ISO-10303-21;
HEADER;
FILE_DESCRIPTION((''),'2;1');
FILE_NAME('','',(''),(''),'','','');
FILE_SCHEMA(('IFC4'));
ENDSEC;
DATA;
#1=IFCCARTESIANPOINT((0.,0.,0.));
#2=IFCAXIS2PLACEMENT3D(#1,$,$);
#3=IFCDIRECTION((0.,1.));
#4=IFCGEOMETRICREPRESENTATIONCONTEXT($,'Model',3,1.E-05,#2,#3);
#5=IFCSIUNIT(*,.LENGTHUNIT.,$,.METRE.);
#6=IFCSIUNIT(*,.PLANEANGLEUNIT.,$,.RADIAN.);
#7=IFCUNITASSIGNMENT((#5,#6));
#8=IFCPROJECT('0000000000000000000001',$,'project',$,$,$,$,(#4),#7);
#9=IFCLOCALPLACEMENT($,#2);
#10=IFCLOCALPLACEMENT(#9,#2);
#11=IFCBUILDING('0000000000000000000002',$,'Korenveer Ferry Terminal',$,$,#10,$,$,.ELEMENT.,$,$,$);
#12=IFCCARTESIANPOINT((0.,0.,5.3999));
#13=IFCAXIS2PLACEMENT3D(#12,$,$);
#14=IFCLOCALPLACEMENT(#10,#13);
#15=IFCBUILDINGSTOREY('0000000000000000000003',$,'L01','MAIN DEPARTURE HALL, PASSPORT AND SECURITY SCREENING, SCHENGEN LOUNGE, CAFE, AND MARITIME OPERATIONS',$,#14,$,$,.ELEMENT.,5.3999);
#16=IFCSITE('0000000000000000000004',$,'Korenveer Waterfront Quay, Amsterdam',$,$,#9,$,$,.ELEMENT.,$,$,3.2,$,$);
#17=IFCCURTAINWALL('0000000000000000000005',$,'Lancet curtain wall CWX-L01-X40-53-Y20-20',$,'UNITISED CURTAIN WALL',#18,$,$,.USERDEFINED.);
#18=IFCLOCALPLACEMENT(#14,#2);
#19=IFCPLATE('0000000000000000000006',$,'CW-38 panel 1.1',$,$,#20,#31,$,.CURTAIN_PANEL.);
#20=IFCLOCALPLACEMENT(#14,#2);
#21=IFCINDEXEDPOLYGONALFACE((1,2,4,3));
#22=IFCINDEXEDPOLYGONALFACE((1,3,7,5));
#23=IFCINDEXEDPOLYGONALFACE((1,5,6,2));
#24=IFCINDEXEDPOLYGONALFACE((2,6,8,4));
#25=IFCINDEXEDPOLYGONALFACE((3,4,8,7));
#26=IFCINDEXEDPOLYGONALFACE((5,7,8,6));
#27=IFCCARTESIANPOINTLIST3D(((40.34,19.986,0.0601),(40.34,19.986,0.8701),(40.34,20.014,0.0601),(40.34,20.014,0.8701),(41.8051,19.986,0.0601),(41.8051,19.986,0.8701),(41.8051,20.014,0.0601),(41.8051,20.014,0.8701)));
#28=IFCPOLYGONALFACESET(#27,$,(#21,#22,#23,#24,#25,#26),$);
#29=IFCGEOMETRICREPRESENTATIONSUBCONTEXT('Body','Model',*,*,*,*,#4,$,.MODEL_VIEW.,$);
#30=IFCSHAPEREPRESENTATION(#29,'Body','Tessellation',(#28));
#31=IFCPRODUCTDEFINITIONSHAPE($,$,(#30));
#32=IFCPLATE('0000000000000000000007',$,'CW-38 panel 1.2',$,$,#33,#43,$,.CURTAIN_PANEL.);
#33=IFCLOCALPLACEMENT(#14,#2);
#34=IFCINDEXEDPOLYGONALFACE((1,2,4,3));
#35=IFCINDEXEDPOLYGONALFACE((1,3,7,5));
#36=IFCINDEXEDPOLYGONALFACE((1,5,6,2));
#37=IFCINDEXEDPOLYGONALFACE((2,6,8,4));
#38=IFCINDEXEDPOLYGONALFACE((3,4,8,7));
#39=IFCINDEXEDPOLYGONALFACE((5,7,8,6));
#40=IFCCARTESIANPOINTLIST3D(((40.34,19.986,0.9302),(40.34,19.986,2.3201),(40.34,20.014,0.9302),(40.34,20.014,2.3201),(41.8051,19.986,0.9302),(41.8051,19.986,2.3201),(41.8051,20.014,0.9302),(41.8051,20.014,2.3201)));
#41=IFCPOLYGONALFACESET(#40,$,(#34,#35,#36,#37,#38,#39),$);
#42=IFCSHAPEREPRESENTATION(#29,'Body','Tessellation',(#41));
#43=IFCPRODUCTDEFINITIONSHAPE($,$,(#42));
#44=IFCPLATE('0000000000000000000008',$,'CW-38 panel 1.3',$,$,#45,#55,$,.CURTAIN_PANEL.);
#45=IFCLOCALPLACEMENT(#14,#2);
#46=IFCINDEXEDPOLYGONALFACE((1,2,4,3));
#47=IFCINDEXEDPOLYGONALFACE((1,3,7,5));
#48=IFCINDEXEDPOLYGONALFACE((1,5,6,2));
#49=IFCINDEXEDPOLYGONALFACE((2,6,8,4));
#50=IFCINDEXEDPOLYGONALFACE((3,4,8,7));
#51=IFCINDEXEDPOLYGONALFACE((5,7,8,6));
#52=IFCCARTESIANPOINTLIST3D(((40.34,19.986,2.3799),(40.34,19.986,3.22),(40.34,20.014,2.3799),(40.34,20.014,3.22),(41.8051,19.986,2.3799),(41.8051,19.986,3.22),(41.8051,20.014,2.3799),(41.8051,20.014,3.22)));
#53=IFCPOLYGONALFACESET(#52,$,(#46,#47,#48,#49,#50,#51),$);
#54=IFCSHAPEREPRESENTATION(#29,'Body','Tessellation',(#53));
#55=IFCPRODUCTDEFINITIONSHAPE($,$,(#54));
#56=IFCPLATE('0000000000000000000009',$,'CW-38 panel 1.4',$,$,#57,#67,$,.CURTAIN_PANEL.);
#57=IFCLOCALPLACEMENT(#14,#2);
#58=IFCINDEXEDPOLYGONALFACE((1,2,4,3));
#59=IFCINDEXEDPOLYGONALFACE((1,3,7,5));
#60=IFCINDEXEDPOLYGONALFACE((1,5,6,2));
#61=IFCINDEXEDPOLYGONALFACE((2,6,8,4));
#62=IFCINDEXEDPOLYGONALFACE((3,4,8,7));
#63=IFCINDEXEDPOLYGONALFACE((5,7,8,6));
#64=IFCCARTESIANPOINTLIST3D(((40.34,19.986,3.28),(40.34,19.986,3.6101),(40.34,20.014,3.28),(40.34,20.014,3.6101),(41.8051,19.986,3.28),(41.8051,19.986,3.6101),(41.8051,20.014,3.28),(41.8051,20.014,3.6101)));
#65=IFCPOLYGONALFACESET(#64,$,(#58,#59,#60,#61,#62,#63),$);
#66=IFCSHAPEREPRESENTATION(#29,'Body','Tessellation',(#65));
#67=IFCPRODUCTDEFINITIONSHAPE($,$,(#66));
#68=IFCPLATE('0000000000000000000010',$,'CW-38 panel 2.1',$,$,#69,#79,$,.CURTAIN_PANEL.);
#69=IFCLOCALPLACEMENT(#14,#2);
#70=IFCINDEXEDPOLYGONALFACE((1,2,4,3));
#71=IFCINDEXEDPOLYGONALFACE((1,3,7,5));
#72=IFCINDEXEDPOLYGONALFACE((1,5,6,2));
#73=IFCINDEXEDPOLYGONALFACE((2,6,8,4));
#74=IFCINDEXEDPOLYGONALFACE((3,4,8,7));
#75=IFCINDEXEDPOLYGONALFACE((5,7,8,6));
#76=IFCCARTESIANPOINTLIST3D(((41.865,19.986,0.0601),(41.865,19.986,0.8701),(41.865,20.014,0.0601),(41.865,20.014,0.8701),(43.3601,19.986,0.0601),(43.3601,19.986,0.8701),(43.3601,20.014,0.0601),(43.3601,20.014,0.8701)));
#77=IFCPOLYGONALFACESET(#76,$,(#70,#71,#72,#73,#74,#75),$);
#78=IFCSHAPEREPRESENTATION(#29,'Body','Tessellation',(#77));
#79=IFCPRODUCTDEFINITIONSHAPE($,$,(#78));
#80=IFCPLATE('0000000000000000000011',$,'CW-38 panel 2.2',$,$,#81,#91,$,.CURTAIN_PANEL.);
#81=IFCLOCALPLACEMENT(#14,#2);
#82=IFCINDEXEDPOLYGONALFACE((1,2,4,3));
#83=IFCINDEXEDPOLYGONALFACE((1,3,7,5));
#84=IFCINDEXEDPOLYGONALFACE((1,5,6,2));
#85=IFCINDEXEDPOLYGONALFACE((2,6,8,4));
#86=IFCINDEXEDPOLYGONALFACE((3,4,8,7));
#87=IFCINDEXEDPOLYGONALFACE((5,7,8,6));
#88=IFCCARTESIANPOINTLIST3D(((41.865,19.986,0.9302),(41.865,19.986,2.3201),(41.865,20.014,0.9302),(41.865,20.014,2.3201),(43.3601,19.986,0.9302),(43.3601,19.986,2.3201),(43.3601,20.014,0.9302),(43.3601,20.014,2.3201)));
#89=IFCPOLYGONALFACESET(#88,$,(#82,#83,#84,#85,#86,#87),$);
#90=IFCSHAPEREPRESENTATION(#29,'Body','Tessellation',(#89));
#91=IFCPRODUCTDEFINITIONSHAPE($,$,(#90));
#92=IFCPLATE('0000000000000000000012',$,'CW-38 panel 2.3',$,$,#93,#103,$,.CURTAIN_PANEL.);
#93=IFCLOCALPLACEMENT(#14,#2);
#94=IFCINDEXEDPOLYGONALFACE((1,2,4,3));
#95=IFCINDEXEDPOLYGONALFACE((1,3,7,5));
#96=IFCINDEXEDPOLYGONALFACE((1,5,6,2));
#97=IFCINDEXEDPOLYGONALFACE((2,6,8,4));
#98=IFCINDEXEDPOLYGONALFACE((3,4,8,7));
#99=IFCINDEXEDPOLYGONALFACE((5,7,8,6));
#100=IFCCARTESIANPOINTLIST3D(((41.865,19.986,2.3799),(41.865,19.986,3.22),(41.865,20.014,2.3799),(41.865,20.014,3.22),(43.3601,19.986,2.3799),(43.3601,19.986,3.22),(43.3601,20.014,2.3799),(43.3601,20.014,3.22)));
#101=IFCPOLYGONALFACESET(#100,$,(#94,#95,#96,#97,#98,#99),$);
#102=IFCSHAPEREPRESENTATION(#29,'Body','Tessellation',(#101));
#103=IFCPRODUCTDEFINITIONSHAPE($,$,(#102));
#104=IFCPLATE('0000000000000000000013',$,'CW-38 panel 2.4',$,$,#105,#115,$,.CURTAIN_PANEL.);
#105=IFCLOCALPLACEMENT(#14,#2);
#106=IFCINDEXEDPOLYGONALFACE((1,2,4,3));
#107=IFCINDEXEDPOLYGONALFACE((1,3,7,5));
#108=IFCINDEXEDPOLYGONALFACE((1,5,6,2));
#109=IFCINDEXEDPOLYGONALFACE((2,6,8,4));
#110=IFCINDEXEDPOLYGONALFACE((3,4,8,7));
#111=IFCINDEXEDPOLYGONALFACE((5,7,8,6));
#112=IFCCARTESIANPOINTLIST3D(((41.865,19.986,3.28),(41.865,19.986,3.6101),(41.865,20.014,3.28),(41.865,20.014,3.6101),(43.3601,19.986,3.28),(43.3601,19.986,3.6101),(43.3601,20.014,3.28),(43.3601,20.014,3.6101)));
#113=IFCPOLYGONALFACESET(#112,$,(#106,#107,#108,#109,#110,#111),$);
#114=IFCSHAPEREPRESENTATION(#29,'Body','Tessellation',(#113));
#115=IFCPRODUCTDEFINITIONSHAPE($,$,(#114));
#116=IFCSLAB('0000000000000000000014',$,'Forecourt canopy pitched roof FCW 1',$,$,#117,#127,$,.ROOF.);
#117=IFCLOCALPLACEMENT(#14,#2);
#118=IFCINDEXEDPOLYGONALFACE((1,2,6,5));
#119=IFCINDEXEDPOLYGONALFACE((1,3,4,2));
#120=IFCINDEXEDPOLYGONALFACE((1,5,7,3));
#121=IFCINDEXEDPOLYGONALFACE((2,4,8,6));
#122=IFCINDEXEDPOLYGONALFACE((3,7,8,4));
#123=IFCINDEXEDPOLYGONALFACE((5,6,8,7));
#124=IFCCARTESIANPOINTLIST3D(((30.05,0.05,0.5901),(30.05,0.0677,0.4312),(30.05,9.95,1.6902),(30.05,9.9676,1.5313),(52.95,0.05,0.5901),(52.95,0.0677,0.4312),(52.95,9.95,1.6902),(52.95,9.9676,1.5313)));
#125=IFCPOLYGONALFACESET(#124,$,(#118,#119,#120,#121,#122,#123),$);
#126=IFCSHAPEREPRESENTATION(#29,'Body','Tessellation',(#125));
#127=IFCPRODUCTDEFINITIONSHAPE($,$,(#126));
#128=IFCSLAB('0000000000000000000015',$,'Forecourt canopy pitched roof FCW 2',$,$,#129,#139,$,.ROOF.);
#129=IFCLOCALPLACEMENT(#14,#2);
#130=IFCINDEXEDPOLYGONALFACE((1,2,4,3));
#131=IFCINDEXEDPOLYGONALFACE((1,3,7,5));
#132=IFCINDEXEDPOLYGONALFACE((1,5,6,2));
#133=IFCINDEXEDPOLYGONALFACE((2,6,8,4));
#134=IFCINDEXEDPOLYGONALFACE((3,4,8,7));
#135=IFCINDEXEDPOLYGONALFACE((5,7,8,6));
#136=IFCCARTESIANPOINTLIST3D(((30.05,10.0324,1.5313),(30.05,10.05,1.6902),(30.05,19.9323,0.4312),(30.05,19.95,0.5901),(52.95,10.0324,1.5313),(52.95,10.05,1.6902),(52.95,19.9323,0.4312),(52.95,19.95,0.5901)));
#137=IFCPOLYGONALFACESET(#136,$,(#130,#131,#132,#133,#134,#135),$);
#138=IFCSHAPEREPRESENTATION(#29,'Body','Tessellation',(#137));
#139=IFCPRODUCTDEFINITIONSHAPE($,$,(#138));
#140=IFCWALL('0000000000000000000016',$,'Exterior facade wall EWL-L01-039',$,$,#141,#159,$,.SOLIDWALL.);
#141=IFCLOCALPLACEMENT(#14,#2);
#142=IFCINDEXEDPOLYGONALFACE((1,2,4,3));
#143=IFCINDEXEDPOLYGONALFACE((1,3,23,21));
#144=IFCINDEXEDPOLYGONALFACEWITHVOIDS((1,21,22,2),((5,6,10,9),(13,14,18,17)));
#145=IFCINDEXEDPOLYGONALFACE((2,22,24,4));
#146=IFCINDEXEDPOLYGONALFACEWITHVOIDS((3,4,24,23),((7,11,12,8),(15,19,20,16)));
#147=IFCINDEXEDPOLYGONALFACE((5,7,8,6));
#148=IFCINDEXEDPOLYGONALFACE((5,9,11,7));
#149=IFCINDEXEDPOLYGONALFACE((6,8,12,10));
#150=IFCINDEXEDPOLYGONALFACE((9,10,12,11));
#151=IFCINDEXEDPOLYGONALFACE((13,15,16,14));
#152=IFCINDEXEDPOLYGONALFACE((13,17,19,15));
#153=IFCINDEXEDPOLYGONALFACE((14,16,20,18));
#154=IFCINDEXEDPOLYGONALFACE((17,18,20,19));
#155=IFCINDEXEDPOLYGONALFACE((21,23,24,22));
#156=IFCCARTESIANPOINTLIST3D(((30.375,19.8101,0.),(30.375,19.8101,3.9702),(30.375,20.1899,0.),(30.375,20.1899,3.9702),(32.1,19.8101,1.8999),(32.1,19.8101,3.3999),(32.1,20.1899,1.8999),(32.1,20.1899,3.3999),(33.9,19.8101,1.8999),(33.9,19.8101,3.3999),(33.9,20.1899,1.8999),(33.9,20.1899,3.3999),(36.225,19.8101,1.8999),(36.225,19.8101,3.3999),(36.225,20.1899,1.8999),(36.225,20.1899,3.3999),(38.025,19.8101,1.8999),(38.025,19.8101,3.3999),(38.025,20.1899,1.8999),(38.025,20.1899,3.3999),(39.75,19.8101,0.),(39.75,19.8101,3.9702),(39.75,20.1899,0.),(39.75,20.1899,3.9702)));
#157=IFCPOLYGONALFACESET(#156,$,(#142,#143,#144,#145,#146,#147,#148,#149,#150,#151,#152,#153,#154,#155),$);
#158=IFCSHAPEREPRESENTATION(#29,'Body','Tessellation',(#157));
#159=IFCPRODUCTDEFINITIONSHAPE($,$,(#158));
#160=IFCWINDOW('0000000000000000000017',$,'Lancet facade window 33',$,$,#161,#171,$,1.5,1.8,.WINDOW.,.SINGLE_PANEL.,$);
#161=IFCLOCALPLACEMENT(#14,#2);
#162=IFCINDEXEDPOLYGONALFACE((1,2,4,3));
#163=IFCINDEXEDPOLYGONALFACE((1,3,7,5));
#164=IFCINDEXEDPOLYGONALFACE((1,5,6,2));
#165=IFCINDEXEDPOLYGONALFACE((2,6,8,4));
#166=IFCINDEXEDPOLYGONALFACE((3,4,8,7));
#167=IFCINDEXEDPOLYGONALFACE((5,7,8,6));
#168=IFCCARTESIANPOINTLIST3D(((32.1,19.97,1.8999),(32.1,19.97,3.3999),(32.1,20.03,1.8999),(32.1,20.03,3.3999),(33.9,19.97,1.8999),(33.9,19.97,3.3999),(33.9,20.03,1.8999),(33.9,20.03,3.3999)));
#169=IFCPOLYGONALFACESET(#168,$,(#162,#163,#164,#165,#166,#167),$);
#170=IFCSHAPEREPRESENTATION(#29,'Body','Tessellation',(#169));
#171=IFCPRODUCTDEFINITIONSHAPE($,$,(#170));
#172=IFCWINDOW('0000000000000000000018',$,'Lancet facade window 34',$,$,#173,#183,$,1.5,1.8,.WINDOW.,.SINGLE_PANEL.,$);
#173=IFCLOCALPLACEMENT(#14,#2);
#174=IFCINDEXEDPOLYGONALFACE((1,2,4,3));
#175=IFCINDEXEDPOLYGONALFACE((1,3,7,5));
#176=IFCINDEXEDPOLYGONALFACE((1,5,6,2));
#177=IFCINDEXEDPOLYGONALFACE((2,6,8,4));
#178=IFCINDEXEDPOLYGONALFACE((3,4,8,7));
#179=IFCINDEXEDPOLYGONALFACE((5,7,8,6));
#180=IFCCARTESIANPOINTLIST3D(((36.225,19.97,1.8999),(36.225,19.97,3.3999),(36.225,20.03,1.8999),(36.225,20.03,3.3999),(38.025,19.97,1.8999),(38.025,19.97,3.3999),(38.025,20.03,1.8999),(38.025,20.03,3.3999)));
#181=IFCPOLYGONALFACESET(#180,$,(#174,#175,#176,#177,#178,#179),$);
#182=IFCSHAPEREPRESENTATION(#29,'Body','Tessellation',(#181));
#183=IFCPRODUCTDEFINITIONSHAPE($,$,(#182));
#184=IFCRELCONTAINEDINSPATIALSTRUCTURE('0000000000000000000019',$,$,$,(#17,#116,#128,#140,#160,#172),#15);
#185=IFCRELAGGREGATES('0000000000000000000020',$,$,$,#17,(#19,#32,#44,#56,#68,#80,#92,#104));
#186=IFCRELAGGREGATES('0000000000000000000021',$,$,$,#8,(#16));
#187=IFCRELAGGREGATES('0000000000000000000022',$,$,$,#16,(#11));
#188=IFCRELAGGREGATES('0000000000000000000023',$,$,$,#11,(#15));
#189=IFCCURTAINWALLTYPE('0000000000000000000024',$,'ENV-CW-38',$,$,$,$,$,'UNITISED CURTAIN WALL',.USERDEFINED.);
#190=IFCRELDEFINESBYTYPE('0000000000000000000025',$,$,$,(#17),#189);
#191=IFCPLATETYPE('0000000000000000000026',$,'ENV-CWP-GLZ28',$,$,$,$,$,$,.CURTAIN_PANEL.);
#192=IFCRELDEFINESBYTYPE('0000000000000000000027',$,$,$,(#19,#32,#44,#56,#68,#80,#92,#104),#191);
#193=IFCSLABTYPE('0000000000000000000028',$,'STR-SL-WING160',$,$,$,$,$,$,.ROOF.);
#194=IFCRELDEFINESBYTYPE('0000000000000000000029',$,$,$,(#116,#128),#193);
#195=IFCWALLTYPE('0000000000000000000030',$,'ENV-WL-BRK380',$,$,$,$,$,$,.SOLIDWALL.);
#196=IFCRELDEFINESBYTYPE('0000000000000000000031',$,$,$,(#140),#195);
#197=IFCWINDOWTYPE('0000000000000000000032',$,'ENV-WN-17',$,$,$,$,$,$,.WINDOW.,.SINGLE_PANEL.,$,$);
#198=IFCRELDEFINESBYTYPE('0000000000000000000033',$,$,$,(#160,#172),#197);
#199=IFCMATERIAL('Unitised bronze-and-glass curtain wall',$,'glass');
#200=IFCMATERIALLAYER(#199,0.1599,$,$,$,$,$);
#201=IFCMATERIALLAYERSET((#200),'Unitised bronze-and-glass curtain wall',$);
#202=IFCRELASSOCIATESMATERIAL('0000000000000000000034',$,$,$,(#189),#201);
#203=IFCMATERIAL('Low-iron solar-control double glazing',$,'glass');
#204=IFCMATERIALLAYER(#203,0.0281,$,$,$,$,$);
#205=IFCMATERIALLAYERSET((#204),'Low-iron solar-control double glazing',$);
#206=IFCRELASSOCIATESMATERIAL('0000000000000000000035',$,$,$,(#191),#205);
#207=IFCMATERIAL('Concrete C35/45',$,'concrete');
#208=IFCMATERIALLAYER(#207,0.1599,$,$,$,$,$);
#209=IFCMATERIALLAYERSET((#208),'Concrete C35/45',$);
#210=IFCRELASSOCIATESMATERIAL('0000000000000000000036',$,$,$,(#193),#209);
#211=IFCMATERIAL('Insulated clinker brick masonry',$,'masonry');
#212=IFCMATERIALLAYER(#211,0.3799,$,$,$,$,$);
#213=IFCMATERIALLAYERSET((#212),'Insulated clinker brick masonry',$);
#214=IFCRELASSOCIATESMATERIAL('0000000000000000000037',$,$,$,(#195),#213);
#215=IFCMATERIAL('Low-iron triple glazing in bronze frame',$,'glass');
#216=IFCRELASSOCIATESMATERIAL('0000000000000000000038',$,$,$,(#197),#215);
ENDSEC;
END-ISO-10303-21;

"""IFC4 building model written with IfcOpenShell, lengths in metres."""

from ifc_helpers import new_model, si_unit, direction, frame, frame_2d, origin, origin_2d, place, context, subcontext, project, spatial, polyline, rectangle, outline, extrude, material, layer, layer_set, type_object, element, fill, aggregate, save


model = new_model("IFC4")

# Units and contexts
model_context = context("Model", 3, precision=1e-05, world=origin(), true_north=direction((0.0, 1.0)))
body_context = subcontext(model_context, "Body", "Model", "MODEL_VIEW")
ifc_project = project(units=[si_unit("LENGTHUNIT", "METRE"), si_unit("PLANEANGLEUNIT", "RADIAN")], contexts=[model_context])

# Site, building, storey
site_placement = place(None, origin())
site = spatial("IfcSite", under=ifc_project, at=site_placement, Name="Korenveer Waterfront Quay, Amsterdam", CompositionType="ELEMENT", RefElevation=3.2)
building_placement = place(site_placement, origin())
building = spatial("IfcBuilding", under=site, at=building_placement, Name="Korenveer Ferry Terminal", CompositionType="ELEMENT")
storey_placement = place(building_placement, frame((0.0, 0.0, 5.3999)))
storey = spatial("IfcBuildingStorey", under=building, at=storey_placement, Name="L01", Description="MAIN DEPARTURE HALL, PASSPORT AND SECURITY SCREENING, SCHENGEN LOUNGE, CAFE, AND MARITIME OPERATIONS", CompositionType="ELEMENT", Elevation=5.3999)

# Curtain wall
ifc_material_1 = material(Name="Unitised bronze-and-glass curtain wall", Category="glass")
ifc_layer_1 = layer(ifc_material_1, 0.1599)
ifc_layer_set_1 = layer_set([ifc_layer_1], Name="Unitised bronze-and-glass curtain wall")
curtain_wall_type = type_object("IfcCurtainWallType", Name="ENV-CW-38", ElementType="UNITISED CURTAIN WALL", PredefinedType="USERDEFINED", material=ifc_layer_set_1)
curtain_wall_placement = place(storey_placement, frame((40.28, 20.0, 0.0)))
curtain_wall = element("IfcCurtainWall", 1, at=curtain_wall_placement, inside=storey, type_object=curtain_wall_type, Name="Lancet curtain wall CWX-L01-X40-53-Y20-20", ObjectType="UNITISED CURTAIN WALL", PredefinedType="USERDEFINED")

# Plates
ifc_material_2 = material(Name="Low-iron solar-control double glazing", Category="glass")
ifc_layer_2 = layer(ifc_material_2, 0.0281)
ifc_layer_set_2 = layer_set([ifc_layer_2], Name="Low-iron solar-control double glazing")
plate_type = type_object("IfcPlateType", Name="ENV-CWP-GLZ28", PredefinedType="CURTAIN_PANEL", material=ifc_layer_set_2)
plate_1_placement = place(storey_placement, frame((41.0725, 20.0, 0.0601), z_axis=(0.0, 0.0, 1.0), x_axis=(1.0, 0.0, 0.0)))
plate_1 = element("IfcPlate", 2, at=plate_1_placement, type_object=plate_type, Name="CW-38 panel 1.1", PredefinedType="CURTAIN_PANEL", context=body_context, shape_type="SweptSolid", body=[
    extrude(rectangle(XDim=1.4651, YDim=0.0281, at=origin_2d()), origin(), (0.0, 0.0, 1.0), 0.8101),
])
plate_2_placement = place(storey_placement, frame((41.0725, 20.0, 0.9302), z_axis=(0.0, 0.0, 1.0), x_axis=(1.0, 0.0, 0.0)))
plate_2 = element("IfcPlate", 3, at=plate_2_placement, type_object=plate_type, Name="CW-38 panel 1.2", PredefinedType="CURTAIN_PANEL", context=body_context, shape_type="SweptSolid", body=[
    extrude(rectangle(XDim=1.4651, YDim=0.0281, at=origin_2d()), origin(), (0.0, 0.0, 1.0), 1.3899),
])
plate_3_placement = place(storey_placement, frame((41.0725, 20.0, 2.3799), z_axis=(0.0, 0.0, 1.0), x_axis=(1.0, 0.0, 0.0)))
plate_3 = element("IfcPlate", 4, at=plate_3_placement, type_object=plate_type, Name="CW-38 panel 1.3", PredefinedType="CURTAIN_PANEL", context=body_context, shape_type="SweptSolid", body=[
    extrude(rectangle(XDim=1.4651, YDim=0.0281, at=origin_2d()), origin(), (0.0, 0.0, 1.0), 0.8401),
])
plate_4_placement = place(storey_placement, frame((41.0725, 20.0, 3.28), z_axis=(0.0, 0.0, 1.0), x_axis=(1.0, 0.0, 0.0)))
plate_4 = element("IfcPlate", 5, at=plate_4_placement, type_object=plate_type, Name="CW-38 panel 1.4", PredefinedType="CURTAIN_PANEL", context=body_context, shape_type="SweptSolid", body=[
    extrude(rectangle(XDim=1.4651, YDim=0.0281, at=origin_2d()), origin(), (0.0, 0.0, 1.0), 0.3301),
])
plate_5_placement = place(storey_placement, frame((42.6125, 20.0, 0.0601), z_axis=(0.0, 0.0, 1.0), x_axis=(1.0, 0.0, 0.0)))
plate_5 = element("IfcPlate", 6, at=plate_5_placement, type_object=plate_type, Name="CW-38 panel 2.1", PredefinedType="CURTAIN_PANEL", context=body_context, shape_type="SweptSolid", body=[
    extrude(rectangle(XDim=1.4951, YDim=0.0281, at=origin_2d()), origin(), (0.0, 0.0, 1.0), 0.8101),
])
plate_6_placement = place(storey_placement, frame((42.6125, 20.0, 0.9302), z_axis=(0.0, 0.0, 1.0), x_axis=(1.0, 0.0, 0.0)))
plate_6 = element("IfcPlate", 7, at=plate_6_placement, type_object=plate_type, Name="CW-38 panel 2.2", PredefinedType="CURTAIN_PANEL", context=body_context, shape_type="SweptSolid", body=[
    extrude(rectangle(XDim=1.4951, YDim=0.0281, at=origin_2d()), origin(), (0.0, 0.0, 1.0), 1.3899),
])
plate_7_placement = place(storey_placement, frame((42.6125, 20.0, 2.3799), z_axis=(0.0, 0.0, 1.0), x_axis=(1.0, 0.0, 0.0)))
plate_7 = element("IfcPlate", 8, at=plate_7_placement, type_object=plate_type, Name="CW-38 panel 2.3", PredefinedType="CURTAIN_PANEL", context=body_context, shape_type="SweptSolid", body=[
    extrude(rectangle(XDim=1.4951, YDim=0.0281, at=origin_2d()), origin(), (0.0, 0.0, 1.0), 0.8401),
])
plate_8_placement = place(storey_placement, frame((42.6125, 20.0, 3.28), z_axis=(0.0, 0.0, 1.0), x_axis=(1.0, 0.0, 0.0)))
plate_8 = element("IfcPlate", 9, at=plate_8_placement, type_object=plate_type, Name="CW-38 panel 2.4", PredefinedType="CURTAIN_PANEL", context=body_context, shape_type="SweptSolid", body=[
    extrude(rectangle(XDim=1.4951, YDim=0.0281, at=origin_2d()), origin(), (0.0, 0.0, 1.0), 0.3301),
])
aggregate(curtain_wall, [plate_1, plate_2, plate_3, plate_4, plate_5, plate_6, plate_7, plate_8])

# Slabs
ifc_material_3 = material(Name="Concrete C35/45", Category="concrete")
ifc_layer_3 = layer(ifc_material_3, 0.1599)
ifc_layer_set_3 = layer_set([ifc_layer_3], Name="Concrete C35/45")
slab_type = type_object("IfcSlabType", Name="STR-SL-WING160", PredefinedType="ROOF", material=ifc_layer_set_3)
for number, where, z_axis, x_axis, name in (
    (10, (30.05, 0.05, 0.5901), (0.0, -0.110442, 0.993883), (1.0, 0.0, 0.0), "Forecourt canopy pitched roof FCW 1"),
    (11, (30.05, 10.05, 1.6902), (0.0, 0.110442, 0.993883), (1.0, 0.0, 0.0), "Forecourt canopy pitched roof FCW 2"),
):
    element("IfcSlab", number, at=place(storey_placement, frame(where, z_axis=z_axis, x_axis=x_axis)), inside=storey, type_object=slab_type, Name=name, PredefinedType="ROOF", context=body_context, shape_type="SweptSolid", body=[
        extrude(outline(polyline([(0.0, 0.0), (22.8999, 0.0), (22.8999, 9.9608), (0.0, 9.9608), (0.0, 0.0)])), origin(), (0.0, 0.0, -1.0), 0.1599),
    ])

# Wall, openings, windows
ifc_material_4 = material(Name="Insulated clinker brick masonry", Category="masonry")
ifc_layer_4 = layer(ifc_material_4, 0.3799)
ifc_layer_set_4 = layer_set([ifc_layer_4], Name="Insulated clinker brick masonry")
wall_type = type_object("IfcWallType", Name="ENV-WL-BRK380", PredefinedType="SOLIDWALL", material=ifc_layer_set_4)
wall_placement = place(storey_placement, frame((30.375, 20.0, 0.0), z_axis=(0.0, 0.0, 1.0), x_axis=(1.0, 0.0, 0.0)))
wall = element("IfcWall", 12, at=wall_placement, inside=storey, type_object=wall_type, Name="Exterior facade wall EWL-L01-039", PredefinedType="SOLIDWALL", context=body_context, shape_type="SweptSolid", body=[
    extrude(rectangle(XDim=9.375, YDim=0.3799, at=frame_2d((4.6875, 0.0))), origin(), (0.0, 0.0, 1.0), 3.9702),
])
opening_1_placement = place(wall_placement, frame((1.7251, 0.0, 1.8999)))
opening_1 = element("IfcOpeningElement", 13, at=opening_1_placement, cuts=wall, PredefinedType="OPENING", context=body_context, shape_type="SweptSolid", body=[
    extrude(rectangle(XDim=1.8, YDim=1.5, at=frame_2d((0.8999, 0.75))), frame((0.0, 0.2, 0.0), z_axis=(0.0, -1.0, 0.0), x_axis=(1.0, 0.0, 0.0)), (0.0, 0.0, 1.0), 0.3999),
])
opening_2_placement = place(wall_placement, frame((5.8501, 0.0, 1.8999)))
opening_2 = element("IfcOpeningElement", 14, at=opening_2_placement, cuts=wall, PredefinedType="OPENING", context=body_context, shape_type="SweptSolid", body=[
    extrude(rectangle(XDim=1.8, YDim=1.5, at=frame_2d((0.8999, 0.75))), frame((0.0, 0.2, 0.0), z_axis=(0.0, -1.0, 0.0), x_axis=(1.0, 0.0, 0.0)), (0.0, 0.0, 1.0), 0.3999),
])
ifc_material_5 = material(Name="Low-iron triple glazing in bronze frame", Category="glass")
window_type = type_object("IfcWindowType", Name="ENV-WN-17", PartitioningType="SINGLE_PANEL", PredefinedType="WINDOW", material=ifc_material_5)
window_1_placement = place(opening_1_placement, origin())
window_1 = element("IfcWindow", 15, at=window_1_placement, inside=storey, type_object=window_type, Name="Lancet facade window 33", OverallHeight=1.5, OverallWidth=1.8, PartitioningType="SINGLE_PANEL", PredefinedType="WINDOW", context=body_context, shape_type="SweptSolid", body=[
    extrude(rectangle(XDim=1.8, YDim=1.5, at=frame_2d((0.8999, 0.75))), frame((0.0, 0.03, 0.0), z_axis=(0.0, -1.0, 0.0), x_axis=(1.0, 0.0, 0.0)), (0.0, 0.0, 1.0), 0.0601),
])
fill(opening_1, window_1)
window_2_placement = place(opening_2_placement, origin())
window_2 = element("IfcWindow", 16, at=window_2_placement, inside=storey, type_object=window_type, Name="Lancet facade window 34", OverallHeight=1.5, OverallWidth=1.8, PartitioningType="SINGLE_PANEL", PredefinedType="WINDOW", context=body_context, shape_type="SweptSolid", body=[
    extrude(rectangle(XDim=1.8, YDim=1.5, at=frame_2d((0.8999, 0.75))), frame((0.0, 0.03, 0.0), z_axis=(0.0, -1.0, 0.0), x_axis=(1.0, 0.0, 0.0)), (0.0, 0.0, 1.0), 0.0601),
])
fill(opening_2, window_2)

save(model, "model.ifc")
